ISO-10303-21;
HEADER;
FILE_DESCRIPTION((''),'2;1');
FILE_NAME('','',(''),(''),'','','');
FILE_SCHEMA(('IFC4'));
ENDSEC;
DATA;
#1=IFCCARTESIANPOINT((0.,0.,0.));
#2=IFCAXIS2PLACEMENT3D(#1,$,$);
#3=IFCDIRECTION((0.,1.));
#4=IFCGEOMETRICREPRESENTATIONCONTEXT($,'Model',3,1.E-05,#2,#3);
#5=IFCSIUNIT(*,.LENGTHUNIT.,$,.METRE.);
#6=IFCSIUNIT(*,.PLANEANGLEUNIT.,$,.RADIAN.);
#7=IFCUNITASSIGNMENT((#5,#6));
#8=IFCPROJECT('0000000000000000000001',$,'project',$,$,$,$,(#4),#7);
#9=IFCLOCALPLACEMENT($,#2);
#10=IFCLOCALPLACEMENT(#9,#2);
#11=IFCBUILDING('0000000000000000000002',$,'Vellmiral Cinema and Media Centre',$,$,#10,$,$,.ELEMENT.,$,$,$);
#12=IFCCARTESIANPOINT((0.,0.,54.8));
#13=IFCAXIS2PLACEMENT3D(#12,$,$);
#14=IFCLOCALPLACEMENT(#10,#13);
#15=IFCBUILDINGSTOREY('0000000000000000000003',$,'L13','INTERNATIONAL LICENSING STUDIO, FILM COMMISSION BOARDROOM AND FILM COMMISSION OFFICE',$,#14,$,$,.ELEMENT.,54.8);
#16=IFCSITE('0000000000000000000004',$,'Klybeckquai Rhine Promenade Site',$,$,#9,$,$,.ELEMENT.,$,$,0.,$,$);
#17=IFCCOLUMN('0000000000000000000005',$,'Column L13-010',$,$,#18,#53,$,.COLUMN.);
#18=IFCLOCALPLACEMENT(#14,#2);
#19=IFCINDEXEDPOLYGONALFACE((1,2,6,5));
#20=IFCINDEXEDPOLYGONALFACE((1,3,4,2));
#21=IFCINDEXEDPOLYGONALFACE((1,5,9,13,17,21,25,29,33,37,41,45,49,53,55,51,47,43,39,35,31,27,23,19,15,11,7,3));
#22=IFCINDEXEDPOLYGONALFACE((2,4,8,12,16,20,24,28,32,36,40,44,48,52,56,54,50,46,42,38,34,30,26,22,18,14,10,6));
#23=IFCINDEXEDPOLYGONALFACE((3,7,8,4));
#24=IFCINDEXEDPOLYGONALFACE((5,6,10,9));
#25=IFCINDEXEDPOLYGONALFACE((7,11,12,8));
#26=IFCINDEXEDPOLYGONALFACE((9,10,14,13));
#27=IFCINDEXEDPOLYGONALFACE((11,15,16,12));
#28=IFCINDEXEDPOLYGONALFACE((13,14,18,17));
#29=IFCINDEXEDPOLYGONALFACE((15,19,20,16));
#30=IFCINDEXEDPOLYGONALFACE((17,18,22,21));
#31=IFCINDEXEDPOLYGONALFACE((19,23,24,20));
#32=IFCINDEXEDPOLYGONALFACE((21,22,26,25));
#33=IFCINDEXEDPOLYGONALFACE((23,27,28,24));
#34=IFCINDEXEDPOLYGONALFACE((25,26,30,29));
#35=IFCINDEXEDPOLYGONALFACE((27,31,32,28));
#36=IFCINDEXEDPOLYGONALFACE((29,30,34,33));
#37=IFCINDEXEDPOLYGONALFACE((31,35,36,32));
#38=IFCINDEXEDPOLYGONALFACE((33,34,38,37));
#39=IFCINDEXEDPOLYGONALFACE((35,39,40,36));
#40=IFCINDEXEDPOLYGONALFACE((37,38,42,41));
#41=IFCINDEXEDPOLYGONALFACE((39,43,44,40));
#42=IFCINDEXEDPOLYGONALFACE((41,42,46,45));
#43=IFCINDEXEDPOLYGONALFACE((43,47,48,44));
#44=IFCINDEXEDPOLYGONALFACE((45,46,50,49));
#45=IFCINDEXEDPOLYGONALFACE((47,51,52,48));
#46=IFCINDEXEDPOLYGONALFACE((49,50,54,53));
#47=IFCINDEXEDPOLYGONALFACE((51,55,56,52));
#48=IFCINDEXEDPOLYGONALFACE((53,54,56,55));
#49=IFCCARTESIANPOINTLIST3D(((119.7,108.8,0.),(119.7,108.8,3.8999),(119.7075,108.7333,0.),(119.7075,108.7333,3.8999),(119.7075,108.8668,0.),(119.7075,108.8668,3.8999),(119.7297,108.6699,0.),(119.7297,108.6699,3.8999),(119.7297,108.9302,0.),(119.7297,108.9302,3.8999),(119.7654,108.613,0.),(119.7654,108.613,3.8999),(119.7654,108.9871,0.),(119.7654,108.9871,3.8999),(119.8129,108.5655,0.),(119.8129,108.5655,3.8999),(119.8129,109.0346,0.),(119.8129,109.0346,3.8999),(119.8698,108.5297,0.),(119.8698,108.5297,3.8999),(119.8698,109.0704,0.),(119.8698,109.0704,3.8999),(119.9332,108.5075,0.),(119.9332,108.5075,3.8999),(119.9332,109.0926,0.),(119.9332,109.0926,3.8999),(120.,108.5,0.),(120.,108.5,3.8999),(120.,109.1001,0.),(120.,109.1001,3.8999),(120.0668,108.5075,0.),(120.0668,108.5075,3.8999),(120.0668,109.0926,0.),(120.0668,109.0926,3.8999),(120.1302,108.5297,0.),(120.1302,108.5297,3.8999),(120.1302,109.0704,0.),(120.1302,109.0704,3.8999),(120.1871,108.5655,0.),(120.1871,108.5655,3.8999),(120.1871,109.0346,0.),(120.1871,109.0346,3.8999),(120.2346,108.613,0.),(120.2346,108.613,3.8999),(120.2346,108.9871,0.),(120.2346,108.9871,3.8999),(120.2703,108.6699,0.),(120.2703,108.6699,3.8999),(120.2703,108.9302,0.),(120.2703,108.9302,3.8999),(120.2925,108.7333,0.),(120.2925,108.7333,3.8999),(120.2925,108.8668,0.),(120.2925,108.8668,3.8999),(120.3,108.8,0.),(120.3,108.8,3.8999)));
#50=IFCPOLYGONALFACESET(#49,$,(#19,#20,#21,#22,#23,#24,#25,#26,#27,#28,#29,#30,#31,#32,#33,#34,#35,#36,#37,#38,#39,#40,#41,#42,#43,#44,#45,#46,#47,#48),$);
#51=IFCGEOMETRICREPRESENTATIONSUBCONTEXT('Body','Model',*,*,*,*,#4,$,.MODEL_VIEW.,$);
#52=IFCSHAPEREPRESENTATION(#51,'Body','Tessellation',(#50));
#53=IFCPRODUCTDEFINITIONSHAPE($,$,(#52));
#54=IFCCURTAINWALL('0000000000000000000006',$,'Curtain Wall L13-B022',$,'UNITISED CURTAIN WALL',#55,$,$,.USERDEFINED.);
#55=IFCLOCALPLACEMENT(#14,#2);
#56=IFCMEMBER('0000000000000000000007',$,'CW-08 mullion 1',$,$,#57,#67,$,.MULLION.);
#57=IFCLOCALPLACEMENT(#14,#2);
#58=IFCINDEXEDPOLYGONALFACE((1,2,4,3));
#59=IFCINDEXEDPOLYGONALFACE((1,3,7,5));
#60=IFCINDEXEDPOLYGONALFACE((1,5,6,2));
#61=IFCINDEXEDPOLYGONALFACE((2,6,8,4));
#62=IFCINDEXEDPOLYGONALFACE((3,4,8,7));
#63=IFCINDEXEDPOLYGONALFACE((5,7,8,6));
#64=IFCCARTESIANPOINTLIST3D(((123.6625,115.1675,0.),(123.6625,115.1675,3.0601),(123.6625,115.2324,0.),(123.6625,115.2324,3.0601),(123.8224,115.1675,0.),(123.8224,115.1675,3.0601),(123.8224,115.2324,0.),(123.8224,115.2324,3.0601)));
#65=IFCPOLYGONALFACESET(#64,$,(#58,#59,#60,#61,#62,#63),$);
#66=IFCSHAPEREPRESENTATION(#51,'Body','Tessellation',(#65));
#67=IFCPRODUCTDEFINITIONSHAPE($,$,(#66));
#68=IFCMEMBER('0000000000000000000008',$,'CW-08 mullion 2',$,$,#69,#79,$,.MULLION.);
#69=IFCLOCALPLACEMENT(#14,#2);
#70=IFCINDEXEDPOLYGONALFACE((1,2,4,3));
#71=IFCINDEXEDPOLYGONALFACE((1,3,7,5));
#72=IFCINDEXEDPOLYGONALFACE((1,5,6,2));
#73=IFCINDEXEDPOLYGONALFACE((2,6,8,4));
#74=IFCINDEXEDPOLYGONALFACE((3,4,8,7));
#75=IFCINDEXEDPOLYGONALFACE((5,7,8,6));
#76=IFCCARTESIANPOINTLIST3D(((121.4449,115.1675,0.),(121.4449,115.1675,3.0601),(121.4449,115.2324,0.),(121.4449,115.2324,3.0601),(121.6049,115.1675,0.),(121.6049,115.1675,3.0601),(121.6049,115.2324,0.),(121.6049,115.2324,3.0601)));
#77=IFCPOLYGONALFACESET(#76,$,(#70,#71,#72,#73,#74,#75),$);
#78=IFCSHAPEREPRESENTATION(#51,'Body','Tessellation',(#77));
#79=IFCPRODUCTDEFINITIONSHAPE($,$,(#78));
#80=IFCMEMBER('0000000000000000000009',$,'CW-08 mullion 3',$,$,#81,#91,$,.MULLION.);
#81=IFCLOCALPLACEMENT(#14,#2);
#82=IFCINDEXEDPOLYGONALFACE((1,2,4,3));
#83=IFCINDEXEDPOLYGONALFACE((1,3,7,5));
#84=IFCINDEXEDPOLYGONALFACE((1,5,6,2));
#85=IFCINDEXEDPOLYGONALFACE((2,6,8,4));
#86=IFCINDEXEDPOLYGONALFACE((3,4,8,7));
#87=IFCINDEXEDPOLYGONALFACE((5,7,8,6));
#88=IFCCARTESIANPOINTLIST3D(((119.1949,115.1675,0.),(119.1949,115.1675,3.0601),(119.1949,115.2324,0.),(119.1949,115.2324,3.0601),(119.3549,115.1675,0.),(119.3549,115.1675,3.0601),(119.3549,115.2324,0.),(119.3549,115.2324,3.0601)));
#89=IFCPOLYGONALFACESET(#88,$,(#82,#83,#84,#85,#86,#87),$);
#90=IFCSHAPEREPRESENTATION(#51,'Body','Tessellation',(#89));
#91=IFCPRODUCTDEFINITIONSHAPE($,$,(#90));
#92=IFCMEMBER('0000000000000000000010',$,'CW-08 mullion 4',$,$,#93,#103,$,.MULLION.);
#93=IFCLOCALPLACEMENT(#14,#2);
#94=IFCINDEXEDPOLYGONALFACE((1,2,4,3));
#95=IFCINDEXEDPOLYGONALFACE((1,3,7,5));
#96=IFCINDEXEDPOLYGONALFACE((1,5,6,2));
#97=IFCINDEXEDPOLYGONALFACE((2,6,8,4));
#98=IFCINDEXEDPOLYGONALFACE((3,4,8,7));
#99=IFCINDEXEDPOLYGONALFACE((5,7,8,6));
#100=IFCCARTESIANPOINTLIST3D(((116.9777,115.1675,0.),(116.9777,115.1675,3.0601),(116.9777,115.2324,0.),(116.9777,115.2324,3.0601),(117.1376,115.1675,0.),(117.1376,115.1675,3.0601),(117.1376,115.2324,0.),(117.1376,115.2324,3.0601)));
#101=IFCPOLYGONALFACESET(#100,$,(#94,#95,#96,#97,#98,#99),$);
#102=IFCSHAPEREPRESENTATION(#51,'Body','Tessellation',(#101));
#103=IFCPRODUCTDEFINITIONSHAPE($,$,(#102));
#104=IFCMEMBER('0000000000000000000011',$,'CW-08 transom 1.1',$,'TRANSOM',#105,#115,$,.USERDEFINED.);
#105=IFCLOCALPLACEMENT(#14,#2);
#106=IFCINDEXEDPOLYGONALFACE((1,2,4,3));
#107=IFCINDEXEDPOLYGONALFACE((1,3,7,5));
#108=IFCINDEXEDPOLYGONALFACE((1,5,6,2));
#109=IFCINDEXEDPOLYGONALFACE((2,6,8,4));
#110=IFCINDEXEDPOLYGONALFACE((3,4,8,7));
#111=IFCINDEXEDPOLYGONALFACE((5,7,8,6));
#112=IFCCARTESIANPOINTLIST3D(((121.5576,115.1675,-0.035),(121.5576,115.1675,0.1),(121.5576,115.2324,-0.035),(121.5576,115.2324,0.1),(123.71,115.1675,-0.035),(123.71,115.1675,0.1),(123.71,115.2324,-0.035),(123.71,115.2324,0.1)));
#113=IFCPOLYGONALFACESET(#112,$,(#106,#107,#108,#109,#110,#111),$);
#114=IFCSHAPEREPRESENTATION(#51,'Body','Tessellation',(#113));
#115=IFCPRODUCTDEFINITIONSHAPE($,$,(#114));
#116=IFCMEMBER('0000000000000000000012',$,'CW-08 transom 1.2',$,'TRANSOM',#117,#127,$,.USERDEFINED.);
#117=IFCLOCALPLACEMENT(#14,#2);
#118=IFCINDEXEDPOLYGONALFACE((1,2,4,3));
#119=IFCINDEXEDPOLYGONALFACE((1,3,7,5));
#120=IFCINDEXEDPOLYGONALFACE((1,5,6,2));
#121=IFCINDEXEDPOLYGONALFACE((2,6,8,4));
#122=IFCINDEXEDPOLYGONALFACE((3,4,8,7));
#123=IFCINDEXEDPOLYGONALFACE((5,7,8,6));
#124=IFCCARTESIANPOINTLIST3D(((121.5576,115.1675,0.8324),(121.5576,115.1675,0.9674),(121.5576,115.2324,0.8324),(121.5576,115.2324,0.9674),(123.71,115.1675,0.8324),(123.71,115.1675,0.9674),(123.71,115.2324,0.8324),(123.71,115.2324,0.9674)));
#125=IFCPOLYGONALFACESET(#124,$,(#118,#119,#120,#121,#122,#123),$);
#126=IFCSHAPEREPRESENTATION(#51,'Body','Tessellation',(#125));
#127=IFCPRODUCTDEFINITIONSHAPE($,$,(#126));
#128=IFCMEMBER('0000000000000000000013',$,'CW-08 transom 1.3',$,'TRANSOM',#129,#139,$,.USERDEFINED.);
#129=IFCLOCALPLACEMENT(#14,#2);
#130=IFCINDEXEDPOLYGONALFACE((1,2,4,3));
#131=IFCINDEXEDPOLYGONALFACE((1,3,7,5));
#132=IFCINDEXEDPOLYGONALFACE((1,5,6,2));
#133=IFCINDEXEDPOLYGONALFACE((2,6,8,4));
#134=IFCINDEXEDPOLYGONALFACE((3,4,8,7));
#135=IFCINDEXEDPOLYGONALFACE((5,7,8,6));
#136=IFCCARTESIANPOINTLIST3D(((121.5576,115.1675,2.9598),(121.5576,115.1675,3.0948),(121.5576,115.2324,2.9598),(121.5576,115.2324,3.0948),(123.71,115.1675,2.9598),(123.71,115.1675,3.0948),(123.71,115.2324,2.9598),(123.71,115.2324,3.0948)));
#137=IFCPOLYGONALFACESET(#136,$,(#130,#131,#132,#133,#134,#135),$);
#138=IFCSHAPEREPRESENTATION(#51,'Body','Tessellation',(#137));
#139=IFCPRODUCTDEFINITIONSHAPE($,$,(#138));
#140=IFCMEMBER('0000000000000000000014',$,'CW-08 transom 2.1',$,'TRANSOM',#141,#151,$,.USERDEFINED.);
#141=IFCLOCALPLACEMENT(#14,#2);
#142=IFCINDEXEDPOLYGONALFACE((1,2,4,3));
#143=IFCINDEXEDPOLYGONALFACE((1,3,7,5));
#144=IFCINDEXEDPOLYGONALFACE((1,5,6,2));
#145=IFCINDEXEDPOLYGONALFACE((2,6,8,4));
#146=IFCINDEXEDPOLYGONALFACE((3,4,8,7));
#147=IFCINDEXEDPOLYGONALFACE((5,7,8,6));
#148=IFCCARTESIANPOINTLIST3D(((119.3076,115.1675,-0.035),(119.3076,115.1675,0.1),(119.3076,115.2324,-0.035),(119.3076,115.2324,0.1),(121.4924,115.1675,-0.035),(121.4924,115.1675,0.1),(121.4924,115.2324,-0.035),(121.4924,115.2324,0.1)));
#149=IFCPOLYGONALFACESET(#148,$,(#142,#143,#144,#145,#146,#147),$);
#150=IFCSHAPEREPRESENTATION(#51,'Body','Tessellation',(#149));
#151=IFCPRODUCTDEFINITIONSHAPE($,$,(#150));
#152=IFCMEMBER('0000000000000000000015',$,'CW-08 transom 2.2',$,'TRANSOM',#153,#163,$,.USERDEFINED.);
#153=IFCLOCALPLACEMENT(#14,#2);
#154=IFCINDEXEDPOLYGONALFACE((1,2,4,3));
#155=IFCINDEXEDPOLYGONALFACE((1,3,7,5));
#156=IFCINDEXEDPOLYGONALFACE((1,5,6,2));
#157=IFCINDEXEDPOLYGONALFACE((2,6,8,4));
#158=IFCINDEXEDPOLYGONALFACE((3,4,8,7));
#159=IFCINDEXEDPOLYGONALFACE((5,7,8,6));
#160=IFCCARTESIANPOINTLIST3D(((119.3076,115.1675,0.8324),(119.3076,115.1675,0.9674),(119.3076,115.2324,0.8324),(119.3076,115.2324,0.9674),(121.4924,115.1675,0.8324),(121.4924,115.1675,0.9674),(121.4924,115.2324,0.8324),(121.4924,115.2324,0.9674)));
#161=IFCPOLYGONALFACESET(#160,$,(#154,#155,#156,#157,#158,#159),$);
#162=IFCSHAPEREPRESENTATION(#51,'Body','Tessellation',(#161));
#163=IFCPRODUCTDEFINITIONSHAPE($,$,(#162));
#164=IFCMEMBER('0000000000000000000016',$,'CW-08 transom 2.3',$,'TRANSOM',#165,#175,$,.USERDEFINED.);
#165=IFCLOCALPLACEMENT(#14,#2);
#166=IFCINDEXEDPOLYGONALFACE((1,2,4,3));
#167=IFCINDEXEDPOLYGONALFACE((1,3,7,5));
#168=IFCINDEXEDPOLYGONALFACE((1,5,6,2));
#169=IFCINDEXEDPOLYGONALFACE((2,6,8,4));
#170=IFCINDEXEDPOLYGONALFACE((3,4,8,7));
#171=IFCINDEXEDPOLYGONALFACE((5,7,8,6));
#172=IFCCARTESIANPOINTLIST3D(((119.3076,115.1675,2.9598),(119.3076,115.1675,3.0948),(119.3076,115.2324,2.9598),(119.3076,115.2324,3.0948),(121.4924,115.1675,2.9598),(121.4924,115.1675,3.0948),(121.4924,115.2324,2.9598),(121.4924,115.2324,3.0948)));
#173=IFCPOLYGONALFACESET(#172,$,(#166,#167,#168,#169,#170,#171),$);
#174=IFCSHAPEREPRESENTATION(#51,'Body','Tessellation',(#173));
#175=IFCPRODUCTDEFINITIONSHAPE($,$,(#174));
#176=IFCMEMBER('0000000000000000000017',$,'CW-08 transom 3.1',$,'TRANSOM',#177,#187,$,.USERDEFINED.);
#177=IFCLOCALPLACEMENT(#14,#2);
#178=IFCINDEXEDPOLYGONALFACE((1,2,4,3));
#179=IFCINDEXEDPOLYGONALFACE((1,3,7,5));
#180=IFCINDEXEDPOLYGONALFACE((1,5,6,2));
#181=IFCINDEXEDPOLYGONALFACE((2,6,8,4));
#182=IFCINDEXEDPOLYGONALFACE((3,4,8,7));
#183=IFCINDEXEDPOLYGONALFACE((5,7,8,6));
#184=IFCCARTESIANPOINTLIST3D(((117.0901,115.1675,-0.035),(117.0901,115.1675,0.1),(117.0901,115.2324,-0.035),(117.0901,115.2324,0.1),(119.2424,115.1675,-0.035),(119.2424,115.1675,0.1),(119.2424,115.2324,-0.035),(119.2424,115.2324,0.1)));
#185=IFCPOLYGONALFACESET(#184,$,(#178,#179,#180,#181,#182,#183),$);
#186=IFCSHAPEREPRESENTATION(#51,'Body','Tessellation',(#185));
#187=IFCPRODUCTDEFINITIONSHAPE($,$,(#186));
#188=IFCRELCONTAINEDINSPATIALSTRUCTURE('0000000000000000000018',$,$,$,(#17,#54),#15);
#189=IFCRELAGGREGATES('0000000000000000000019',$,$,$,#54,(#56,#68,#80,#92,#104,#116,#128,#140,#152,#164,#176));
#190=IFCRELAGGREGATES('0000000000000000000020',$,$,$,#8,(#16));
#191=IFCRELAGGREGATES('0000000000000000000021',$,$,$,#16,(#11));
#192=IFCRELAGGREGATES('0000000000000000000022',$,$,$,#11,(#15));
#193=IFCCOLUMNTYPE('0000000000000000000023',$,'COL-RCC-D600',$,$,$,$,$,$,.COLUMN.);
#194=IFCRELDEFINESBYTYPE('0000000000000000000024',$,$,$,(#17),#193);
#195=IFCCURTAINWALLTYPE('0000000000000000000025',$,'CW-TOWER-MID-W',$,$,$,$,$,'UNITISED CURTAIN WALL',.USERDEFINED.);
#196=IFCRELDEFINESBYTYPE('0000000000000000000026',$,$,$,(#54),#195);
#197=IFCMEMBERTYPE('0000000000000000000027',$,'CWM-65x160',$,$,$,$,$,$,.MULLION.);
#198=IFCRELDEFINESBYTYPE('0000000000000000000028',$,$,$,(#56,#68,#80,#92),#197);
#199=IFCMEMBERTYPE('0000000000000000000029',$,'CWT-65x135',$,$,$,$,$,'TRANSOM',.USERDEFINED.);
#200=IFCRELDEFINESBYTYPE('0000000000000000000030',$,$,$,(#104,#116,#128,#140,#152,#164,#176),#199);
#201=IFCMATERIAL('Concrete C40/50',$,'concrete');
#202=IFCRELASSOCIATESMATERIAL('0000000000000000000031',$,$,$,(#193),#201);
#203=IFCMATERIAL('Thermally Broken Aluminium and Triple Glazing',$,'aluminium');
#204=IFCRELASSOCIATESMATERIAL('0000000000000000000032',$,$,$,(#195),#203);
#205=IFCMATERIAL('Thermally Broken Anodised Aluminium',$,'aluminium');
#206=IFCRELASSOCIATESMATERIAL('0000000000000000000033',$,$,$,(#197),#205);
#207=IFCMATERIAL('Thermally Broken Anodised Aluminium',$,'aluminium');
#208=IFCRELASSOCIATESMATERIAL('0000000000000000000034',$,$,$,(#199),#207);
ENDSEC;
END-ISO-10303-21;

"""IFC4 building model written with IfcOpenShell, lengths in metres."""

from ifc_helpers import new_model, si_unit, direction, frame, origin, origin_2d, place, context, subcontext, project, spatial, rectangle, circle, extrude, material, material_profile, profile_set, type_object, element, aggregate, save


model = new_model("IFC4")

# Units and contexts
model_context = context("Model", 3, precision=1e-05, world=origin(), true_north=direction((0.0, 1.0)))
body_context = subcontext(model_context, "Body", "Model", "MODEL_VIEW")
ifc_project = project(units=[si_unit("LENGTHUNIT", "METRE"), si_unit("PLANEANGLEUNIT", "RADIAN")], contexts=[model_context])

# Site, building, storey
site_placement = place(None, origin())
site = spatial("IfcSite", under=ifc_project, at=site_placement, Name="Klybeckquai Rhine Promenade Site", CompositionType="ELEMENT", RefElevation=0.0)
building_placement = place(site_placement, origin())
building = spatial("IfcBuilding", under=site, at=building_placement, Name="Vellmiral Cinema and Media Centre", CompositionType="ELEMENT")
storey_placement = place(building_placement, frame((0.0, 0.0, 54.8)))
storey = spatial("IfcBuildingStorey", under=building, at=storey_placement, Name="L13", Description="INTERNATIONAL LICENSING STUDIO, FILM COMMISSION BOARDROOM AND FILM COMMISSION OFFICE", CompositionType="ELEMENT", Elevation=54.8)

# Column
ifc_material_1 = material(Name="Concrete C40/50", Category="concrete")
ifc_material_profile_1 = material_profile(ifc_material_1, circle(Radius=0.3, at=origin_2d()), Name="RC D600")
ifc_profile_set_1 = profile_set([ifc_material_profile_1], Name="Concrete C40/50")
column_type = type_object("IfcColumnType", Name="COL-RCC-D600", PredefinedType="COLUMN", material=ifc_profile_set_1)
column_placement = place(storey_placement, frame((120.0, 108.8, 0.0), z_axis=(0.0, 0.0, 1.0), x_axis=(1.0, 0.0, 0.0)))
element("IfcColumn", 1, at=column_placement, inside=storey, type_object=column_type, Name="Column L13-010", PredefinedType="COLUMN", context=body_context, shape_type="SweptSolid", body=[
    extrude(circle(Radius=0.3, at=origin_2d()), origin(), (0.0, 0.0, 1.0), 3.8999),
])

# Curtain wall, members
ifc_material_2 = material(Name="Thermally Broken Aluminium and Triple Glazing", Category="aluminium")
curtain_wall_type = type_object("IfcCurtainWallType", Name="CW-TOWER-MID-W", ElementType="UNITISED CURTAIN WALL", PredefinedType="USERDEFINED", material=ifc_material_2)
curtain_wall_1_placement = place(storey_placement, origin())
curtain_wall_1 = element("IfcCurtainWall", 2, at=curtain_wall_1_placement, inside=storey, type_object=curtain_wall_type, Name="Curtain Wall L13-B022", ObjectType="UNITISED CURTAIN WALL", PredefinedType="USERDEFINED")
ifc_material_3 = material(Name="Thermally Broken Anodised Aluminium", Category="aluminium")
ifc_material_profile_2 = material_profile(ifc_material_3, rectangle(XDim=0.0649, YDim=0.1599, at=origin_2d()), Name="MULL 65x160")
ifc_profile_set_2 = profile_set([ifc_material_profile_2], Name="Thermally Broken Anodised Aluminium")
member_type_1 = type_object("IfcMemberType", Name="CWM-65x160", PredefinedType="MULLION", material=ifc_profile_set_2)
member_1_placement = place(storey_placement, frame((123.7424, 115.2, 0.0), z_axis=(0.0, 0.0, 1.0), x_axis=(0.0, -1.0, 0.0)))
member_1 = element("IfcMember", 3, at=member_1_placement, type_object=member_type_1, Name="CW-08 mullion 1", PredefinedType="MULLION", context=body_context, shape_type="SweptSolid", body=[
    extrude(rectangle(XDim=0.0649, YDim=0.1599, at=origin_2d()), origin(), (0.0, 0.0, 1.0), 3.0601),
])
member_2_placement = place(storey_placement, frame((121.5249, 115.2, 0.0), z_axis=(0.0, 0.0, 1.0), x_axis=(0.0, -1.0, 0.0)))
member_2 = element("IfcMember", 4, at=member_2_placement, type_object=member_type_1, Name="CW-08 mullion 2", PredefinedType="MULLION", context=body_context, shape_type="SweptSolid", body=[
    extrude(rectangle(XDim=0.0649, YDim=0.1599, at=origin_2d()), origin(), (0.0, 0.0, 1.0), 3.0601),
])
member_3_placement = place(storey_placement, frame((119.2749, 115.2, 0.0), z_axis=(0.0, 0.0, 1.0), x_axis=(0.0, -1.0, 0.0)))
member_3 = element("IfcMember", 5, at=member_3_placement, type_object=member_type_1, Name="CW-08 mullion 3", PredefinedType="MULLION", context=body_context, shape_type="SweptSolid", body=[
    extrude(rectangle(XDim=0.0649, YDim=0.1599, at=origin_2d()), origin(), (0.0, 0.0, 1.0), 3.0601),
])
member_4_placement = place(storey_placement, frame((117.0576, 115.2, 0.0), z_axis=(0.0, 0.0, 1.0), x_axis=(0.0, -1.0, 0.0)))
member_4 = element("IfcMember", 6, at=member_4_placement, type_object=member_type_1, Name="CW-08 mullion 4", PredefinedType="MULLION", context=body_context, shape_type="SweptSolid", body=[
    extrude(rectangle(XDim=0.0649, YDim=0.1599, at=origin_2d()), origin(), (0.0, 0.0, 1.0), 3.0601),
])
ifc_material_4 = material(Name="Thermally Broken Anodised Aluminium", Category="aluminium")
ifc_material_profile_3 = material_profile(ifc_material_4, rectangle(XDim=0.0649, YDim=0.135, at=origin_2d()), Name="MULL 65x135")
ifc_profile_set_3 = profile_set([ifc_material_profile_3], Name="Thermally Broken Anodised Aluminium")
member_type_2 = type_object("IfcMemberType", Name="CWT-65x135", ElementType="TRANSOM", PredefinedType="USERDEFINED", material=ifc_profile_set_3)
member_5_placement = place(storey_placement, frame((123.71, 115.2, 0.0325), z_axis=(-1.0, 0.0, 0.0), x_axis=(0.0, -1.0, 0.0)))
member_5 = element("IfcMember", 7, at=member_5_placement, type_object=member_type_2, Name="CW-08 transom 1.1", ObjectType="TRANSOM", PredefinedType="USERDEFINED", context=body_context, shape_type="SweptSolid", body=[
    extrude(rectangle(XDim=0.0649, YDim=0.135, at=origin_2d()), origin(), (0.0, 0.0, 1.0), 2.1523),
])
member_6_placement = place(storey_placement, frame((123.71, 115.2, 0.8999), z_axis=(-1.0, 0.0, 0.0), x_axis=(0.0, -1.0, 0.0)))
member_6 = element("IfcMember", 8, at=member_6_placement, type_object=member_type_2, Name="CW-08 transom 1.2", ObjectType="TRANSOM", PredefinedType="USERDEFINED", context=body_context, shape_type="SweptSolid", body=[
    extrude(rectangle(XDim=0.0649, YDim=0.135, at=origin_2d()), origin(), (0.0, 0.0, 1.0), 2.1523),
])
member_7_placement = place(storey_placement, frame((123.71, 115.2, 3.0273), z_axis=(-1.0, 0.0, 0.0), x_axis=(0.0, -1.0, 0.0)))
member_7 = element("IfcMember", 9, at=member_7_placement, type_object=member_type_2, Name="CW-08 transom 1.3", ObjectType="TRANSOM", PredefinedType="USERDEFINED", context=body_context, shape_type="SweptSolid", body=[
    extrude(rectangle(XDim=0.0649, YDim=0.135, at=origin_2d()), origin(), (0.0, 0.0, 1.0), 2.1523),
])
member_8_placement = place(storey_placement, frame((121.4924, 115.2, 0.0325), z_axis=(-1.0, 0.0, 0.0), x_axis=(0.0, -1.0, 0.0)))
member_8 = element("IfcMember", 10, at=member_8_placement, type_object=member_type_2, Name="CW-08 transom 2.1", ObjectType="TRANSOM", PredefinedType="USERDEFINED", context=body_context, shape_type="SweptSolid", body=[
    extrude(rectangle(XDim=0.0649, YDim=0.135, at=origin_2d()), origin(), (0.0, 0.0, 1.0), 2.1848),
])
member_9_placement = place(storey_placement, frame((121.4924, 115.2, 0.8999), z_axis=(-1.0, 0.0, 0.0), x_axis=(0.0, -1.0, 0.0)))
member_9 = element("IfcMember", 11, at=member_9_placement, type_object=member_type_2, Name="CW-08 transom 2.2", ObjectType="TRANSOM", PredefinedType="USERDEFINED", context=body_context, shape_type="SweptSolid", body=[
    extrude(rectangle(XDim=0.0649, YDim=0.135, at=origin_2d()), origin(), (0.0, 0.0, 1.0), 2.1848),
])
member_10_placement = place(storey_placement, frame((121.4924, 115.2, 3.0273), z_axis=(-1.0, 0.0, 0.0), x_axis=(0.0, -1.0, 0.0)))
member_10 = element("IfcMember", 12, at=member_10_placement, type_object=member_type_2, Name="CW-08 transom 2.3", ObjectType="TRANSOM", PredefinedType="USERDEFINED", context=body_context, shape_type="SweptSolid", body=[
    extrude(rectangle(XDim=0.0649, YDim=0.135, at=origin_2d()), origin(), (0.0, 0.0, 1.0), 2.1848),
])
member_11_placement = place(storey_placement, frame((119.2424, 115.2, 0.0325), z_axis=(-1.0, 0.0, 0.0), x_axis=(0.0, -1.0, 0.0)))
member_11 = element("IfcMember", 13, at=member_11_placement, type_object=member_type_2, Name="CW-08 transom 3.1", ObjectType="TRANSOM", PredefinedType="USERDEFINED", context=body_context, shape_type="SweptSolid", body=[
    extrude(rectangle(XDim=0.0649, YDim=0.135, at=origin_2d()), origin(), (0.0, 0.0, 1.0), 2.1523),
])

aggregate(curtain_wall_1, [member_1, member_2, member_3, member_4, member_5, member_6, member_7, member_8, member_9, member_10, member_11])

save(model, "model.ifc")
